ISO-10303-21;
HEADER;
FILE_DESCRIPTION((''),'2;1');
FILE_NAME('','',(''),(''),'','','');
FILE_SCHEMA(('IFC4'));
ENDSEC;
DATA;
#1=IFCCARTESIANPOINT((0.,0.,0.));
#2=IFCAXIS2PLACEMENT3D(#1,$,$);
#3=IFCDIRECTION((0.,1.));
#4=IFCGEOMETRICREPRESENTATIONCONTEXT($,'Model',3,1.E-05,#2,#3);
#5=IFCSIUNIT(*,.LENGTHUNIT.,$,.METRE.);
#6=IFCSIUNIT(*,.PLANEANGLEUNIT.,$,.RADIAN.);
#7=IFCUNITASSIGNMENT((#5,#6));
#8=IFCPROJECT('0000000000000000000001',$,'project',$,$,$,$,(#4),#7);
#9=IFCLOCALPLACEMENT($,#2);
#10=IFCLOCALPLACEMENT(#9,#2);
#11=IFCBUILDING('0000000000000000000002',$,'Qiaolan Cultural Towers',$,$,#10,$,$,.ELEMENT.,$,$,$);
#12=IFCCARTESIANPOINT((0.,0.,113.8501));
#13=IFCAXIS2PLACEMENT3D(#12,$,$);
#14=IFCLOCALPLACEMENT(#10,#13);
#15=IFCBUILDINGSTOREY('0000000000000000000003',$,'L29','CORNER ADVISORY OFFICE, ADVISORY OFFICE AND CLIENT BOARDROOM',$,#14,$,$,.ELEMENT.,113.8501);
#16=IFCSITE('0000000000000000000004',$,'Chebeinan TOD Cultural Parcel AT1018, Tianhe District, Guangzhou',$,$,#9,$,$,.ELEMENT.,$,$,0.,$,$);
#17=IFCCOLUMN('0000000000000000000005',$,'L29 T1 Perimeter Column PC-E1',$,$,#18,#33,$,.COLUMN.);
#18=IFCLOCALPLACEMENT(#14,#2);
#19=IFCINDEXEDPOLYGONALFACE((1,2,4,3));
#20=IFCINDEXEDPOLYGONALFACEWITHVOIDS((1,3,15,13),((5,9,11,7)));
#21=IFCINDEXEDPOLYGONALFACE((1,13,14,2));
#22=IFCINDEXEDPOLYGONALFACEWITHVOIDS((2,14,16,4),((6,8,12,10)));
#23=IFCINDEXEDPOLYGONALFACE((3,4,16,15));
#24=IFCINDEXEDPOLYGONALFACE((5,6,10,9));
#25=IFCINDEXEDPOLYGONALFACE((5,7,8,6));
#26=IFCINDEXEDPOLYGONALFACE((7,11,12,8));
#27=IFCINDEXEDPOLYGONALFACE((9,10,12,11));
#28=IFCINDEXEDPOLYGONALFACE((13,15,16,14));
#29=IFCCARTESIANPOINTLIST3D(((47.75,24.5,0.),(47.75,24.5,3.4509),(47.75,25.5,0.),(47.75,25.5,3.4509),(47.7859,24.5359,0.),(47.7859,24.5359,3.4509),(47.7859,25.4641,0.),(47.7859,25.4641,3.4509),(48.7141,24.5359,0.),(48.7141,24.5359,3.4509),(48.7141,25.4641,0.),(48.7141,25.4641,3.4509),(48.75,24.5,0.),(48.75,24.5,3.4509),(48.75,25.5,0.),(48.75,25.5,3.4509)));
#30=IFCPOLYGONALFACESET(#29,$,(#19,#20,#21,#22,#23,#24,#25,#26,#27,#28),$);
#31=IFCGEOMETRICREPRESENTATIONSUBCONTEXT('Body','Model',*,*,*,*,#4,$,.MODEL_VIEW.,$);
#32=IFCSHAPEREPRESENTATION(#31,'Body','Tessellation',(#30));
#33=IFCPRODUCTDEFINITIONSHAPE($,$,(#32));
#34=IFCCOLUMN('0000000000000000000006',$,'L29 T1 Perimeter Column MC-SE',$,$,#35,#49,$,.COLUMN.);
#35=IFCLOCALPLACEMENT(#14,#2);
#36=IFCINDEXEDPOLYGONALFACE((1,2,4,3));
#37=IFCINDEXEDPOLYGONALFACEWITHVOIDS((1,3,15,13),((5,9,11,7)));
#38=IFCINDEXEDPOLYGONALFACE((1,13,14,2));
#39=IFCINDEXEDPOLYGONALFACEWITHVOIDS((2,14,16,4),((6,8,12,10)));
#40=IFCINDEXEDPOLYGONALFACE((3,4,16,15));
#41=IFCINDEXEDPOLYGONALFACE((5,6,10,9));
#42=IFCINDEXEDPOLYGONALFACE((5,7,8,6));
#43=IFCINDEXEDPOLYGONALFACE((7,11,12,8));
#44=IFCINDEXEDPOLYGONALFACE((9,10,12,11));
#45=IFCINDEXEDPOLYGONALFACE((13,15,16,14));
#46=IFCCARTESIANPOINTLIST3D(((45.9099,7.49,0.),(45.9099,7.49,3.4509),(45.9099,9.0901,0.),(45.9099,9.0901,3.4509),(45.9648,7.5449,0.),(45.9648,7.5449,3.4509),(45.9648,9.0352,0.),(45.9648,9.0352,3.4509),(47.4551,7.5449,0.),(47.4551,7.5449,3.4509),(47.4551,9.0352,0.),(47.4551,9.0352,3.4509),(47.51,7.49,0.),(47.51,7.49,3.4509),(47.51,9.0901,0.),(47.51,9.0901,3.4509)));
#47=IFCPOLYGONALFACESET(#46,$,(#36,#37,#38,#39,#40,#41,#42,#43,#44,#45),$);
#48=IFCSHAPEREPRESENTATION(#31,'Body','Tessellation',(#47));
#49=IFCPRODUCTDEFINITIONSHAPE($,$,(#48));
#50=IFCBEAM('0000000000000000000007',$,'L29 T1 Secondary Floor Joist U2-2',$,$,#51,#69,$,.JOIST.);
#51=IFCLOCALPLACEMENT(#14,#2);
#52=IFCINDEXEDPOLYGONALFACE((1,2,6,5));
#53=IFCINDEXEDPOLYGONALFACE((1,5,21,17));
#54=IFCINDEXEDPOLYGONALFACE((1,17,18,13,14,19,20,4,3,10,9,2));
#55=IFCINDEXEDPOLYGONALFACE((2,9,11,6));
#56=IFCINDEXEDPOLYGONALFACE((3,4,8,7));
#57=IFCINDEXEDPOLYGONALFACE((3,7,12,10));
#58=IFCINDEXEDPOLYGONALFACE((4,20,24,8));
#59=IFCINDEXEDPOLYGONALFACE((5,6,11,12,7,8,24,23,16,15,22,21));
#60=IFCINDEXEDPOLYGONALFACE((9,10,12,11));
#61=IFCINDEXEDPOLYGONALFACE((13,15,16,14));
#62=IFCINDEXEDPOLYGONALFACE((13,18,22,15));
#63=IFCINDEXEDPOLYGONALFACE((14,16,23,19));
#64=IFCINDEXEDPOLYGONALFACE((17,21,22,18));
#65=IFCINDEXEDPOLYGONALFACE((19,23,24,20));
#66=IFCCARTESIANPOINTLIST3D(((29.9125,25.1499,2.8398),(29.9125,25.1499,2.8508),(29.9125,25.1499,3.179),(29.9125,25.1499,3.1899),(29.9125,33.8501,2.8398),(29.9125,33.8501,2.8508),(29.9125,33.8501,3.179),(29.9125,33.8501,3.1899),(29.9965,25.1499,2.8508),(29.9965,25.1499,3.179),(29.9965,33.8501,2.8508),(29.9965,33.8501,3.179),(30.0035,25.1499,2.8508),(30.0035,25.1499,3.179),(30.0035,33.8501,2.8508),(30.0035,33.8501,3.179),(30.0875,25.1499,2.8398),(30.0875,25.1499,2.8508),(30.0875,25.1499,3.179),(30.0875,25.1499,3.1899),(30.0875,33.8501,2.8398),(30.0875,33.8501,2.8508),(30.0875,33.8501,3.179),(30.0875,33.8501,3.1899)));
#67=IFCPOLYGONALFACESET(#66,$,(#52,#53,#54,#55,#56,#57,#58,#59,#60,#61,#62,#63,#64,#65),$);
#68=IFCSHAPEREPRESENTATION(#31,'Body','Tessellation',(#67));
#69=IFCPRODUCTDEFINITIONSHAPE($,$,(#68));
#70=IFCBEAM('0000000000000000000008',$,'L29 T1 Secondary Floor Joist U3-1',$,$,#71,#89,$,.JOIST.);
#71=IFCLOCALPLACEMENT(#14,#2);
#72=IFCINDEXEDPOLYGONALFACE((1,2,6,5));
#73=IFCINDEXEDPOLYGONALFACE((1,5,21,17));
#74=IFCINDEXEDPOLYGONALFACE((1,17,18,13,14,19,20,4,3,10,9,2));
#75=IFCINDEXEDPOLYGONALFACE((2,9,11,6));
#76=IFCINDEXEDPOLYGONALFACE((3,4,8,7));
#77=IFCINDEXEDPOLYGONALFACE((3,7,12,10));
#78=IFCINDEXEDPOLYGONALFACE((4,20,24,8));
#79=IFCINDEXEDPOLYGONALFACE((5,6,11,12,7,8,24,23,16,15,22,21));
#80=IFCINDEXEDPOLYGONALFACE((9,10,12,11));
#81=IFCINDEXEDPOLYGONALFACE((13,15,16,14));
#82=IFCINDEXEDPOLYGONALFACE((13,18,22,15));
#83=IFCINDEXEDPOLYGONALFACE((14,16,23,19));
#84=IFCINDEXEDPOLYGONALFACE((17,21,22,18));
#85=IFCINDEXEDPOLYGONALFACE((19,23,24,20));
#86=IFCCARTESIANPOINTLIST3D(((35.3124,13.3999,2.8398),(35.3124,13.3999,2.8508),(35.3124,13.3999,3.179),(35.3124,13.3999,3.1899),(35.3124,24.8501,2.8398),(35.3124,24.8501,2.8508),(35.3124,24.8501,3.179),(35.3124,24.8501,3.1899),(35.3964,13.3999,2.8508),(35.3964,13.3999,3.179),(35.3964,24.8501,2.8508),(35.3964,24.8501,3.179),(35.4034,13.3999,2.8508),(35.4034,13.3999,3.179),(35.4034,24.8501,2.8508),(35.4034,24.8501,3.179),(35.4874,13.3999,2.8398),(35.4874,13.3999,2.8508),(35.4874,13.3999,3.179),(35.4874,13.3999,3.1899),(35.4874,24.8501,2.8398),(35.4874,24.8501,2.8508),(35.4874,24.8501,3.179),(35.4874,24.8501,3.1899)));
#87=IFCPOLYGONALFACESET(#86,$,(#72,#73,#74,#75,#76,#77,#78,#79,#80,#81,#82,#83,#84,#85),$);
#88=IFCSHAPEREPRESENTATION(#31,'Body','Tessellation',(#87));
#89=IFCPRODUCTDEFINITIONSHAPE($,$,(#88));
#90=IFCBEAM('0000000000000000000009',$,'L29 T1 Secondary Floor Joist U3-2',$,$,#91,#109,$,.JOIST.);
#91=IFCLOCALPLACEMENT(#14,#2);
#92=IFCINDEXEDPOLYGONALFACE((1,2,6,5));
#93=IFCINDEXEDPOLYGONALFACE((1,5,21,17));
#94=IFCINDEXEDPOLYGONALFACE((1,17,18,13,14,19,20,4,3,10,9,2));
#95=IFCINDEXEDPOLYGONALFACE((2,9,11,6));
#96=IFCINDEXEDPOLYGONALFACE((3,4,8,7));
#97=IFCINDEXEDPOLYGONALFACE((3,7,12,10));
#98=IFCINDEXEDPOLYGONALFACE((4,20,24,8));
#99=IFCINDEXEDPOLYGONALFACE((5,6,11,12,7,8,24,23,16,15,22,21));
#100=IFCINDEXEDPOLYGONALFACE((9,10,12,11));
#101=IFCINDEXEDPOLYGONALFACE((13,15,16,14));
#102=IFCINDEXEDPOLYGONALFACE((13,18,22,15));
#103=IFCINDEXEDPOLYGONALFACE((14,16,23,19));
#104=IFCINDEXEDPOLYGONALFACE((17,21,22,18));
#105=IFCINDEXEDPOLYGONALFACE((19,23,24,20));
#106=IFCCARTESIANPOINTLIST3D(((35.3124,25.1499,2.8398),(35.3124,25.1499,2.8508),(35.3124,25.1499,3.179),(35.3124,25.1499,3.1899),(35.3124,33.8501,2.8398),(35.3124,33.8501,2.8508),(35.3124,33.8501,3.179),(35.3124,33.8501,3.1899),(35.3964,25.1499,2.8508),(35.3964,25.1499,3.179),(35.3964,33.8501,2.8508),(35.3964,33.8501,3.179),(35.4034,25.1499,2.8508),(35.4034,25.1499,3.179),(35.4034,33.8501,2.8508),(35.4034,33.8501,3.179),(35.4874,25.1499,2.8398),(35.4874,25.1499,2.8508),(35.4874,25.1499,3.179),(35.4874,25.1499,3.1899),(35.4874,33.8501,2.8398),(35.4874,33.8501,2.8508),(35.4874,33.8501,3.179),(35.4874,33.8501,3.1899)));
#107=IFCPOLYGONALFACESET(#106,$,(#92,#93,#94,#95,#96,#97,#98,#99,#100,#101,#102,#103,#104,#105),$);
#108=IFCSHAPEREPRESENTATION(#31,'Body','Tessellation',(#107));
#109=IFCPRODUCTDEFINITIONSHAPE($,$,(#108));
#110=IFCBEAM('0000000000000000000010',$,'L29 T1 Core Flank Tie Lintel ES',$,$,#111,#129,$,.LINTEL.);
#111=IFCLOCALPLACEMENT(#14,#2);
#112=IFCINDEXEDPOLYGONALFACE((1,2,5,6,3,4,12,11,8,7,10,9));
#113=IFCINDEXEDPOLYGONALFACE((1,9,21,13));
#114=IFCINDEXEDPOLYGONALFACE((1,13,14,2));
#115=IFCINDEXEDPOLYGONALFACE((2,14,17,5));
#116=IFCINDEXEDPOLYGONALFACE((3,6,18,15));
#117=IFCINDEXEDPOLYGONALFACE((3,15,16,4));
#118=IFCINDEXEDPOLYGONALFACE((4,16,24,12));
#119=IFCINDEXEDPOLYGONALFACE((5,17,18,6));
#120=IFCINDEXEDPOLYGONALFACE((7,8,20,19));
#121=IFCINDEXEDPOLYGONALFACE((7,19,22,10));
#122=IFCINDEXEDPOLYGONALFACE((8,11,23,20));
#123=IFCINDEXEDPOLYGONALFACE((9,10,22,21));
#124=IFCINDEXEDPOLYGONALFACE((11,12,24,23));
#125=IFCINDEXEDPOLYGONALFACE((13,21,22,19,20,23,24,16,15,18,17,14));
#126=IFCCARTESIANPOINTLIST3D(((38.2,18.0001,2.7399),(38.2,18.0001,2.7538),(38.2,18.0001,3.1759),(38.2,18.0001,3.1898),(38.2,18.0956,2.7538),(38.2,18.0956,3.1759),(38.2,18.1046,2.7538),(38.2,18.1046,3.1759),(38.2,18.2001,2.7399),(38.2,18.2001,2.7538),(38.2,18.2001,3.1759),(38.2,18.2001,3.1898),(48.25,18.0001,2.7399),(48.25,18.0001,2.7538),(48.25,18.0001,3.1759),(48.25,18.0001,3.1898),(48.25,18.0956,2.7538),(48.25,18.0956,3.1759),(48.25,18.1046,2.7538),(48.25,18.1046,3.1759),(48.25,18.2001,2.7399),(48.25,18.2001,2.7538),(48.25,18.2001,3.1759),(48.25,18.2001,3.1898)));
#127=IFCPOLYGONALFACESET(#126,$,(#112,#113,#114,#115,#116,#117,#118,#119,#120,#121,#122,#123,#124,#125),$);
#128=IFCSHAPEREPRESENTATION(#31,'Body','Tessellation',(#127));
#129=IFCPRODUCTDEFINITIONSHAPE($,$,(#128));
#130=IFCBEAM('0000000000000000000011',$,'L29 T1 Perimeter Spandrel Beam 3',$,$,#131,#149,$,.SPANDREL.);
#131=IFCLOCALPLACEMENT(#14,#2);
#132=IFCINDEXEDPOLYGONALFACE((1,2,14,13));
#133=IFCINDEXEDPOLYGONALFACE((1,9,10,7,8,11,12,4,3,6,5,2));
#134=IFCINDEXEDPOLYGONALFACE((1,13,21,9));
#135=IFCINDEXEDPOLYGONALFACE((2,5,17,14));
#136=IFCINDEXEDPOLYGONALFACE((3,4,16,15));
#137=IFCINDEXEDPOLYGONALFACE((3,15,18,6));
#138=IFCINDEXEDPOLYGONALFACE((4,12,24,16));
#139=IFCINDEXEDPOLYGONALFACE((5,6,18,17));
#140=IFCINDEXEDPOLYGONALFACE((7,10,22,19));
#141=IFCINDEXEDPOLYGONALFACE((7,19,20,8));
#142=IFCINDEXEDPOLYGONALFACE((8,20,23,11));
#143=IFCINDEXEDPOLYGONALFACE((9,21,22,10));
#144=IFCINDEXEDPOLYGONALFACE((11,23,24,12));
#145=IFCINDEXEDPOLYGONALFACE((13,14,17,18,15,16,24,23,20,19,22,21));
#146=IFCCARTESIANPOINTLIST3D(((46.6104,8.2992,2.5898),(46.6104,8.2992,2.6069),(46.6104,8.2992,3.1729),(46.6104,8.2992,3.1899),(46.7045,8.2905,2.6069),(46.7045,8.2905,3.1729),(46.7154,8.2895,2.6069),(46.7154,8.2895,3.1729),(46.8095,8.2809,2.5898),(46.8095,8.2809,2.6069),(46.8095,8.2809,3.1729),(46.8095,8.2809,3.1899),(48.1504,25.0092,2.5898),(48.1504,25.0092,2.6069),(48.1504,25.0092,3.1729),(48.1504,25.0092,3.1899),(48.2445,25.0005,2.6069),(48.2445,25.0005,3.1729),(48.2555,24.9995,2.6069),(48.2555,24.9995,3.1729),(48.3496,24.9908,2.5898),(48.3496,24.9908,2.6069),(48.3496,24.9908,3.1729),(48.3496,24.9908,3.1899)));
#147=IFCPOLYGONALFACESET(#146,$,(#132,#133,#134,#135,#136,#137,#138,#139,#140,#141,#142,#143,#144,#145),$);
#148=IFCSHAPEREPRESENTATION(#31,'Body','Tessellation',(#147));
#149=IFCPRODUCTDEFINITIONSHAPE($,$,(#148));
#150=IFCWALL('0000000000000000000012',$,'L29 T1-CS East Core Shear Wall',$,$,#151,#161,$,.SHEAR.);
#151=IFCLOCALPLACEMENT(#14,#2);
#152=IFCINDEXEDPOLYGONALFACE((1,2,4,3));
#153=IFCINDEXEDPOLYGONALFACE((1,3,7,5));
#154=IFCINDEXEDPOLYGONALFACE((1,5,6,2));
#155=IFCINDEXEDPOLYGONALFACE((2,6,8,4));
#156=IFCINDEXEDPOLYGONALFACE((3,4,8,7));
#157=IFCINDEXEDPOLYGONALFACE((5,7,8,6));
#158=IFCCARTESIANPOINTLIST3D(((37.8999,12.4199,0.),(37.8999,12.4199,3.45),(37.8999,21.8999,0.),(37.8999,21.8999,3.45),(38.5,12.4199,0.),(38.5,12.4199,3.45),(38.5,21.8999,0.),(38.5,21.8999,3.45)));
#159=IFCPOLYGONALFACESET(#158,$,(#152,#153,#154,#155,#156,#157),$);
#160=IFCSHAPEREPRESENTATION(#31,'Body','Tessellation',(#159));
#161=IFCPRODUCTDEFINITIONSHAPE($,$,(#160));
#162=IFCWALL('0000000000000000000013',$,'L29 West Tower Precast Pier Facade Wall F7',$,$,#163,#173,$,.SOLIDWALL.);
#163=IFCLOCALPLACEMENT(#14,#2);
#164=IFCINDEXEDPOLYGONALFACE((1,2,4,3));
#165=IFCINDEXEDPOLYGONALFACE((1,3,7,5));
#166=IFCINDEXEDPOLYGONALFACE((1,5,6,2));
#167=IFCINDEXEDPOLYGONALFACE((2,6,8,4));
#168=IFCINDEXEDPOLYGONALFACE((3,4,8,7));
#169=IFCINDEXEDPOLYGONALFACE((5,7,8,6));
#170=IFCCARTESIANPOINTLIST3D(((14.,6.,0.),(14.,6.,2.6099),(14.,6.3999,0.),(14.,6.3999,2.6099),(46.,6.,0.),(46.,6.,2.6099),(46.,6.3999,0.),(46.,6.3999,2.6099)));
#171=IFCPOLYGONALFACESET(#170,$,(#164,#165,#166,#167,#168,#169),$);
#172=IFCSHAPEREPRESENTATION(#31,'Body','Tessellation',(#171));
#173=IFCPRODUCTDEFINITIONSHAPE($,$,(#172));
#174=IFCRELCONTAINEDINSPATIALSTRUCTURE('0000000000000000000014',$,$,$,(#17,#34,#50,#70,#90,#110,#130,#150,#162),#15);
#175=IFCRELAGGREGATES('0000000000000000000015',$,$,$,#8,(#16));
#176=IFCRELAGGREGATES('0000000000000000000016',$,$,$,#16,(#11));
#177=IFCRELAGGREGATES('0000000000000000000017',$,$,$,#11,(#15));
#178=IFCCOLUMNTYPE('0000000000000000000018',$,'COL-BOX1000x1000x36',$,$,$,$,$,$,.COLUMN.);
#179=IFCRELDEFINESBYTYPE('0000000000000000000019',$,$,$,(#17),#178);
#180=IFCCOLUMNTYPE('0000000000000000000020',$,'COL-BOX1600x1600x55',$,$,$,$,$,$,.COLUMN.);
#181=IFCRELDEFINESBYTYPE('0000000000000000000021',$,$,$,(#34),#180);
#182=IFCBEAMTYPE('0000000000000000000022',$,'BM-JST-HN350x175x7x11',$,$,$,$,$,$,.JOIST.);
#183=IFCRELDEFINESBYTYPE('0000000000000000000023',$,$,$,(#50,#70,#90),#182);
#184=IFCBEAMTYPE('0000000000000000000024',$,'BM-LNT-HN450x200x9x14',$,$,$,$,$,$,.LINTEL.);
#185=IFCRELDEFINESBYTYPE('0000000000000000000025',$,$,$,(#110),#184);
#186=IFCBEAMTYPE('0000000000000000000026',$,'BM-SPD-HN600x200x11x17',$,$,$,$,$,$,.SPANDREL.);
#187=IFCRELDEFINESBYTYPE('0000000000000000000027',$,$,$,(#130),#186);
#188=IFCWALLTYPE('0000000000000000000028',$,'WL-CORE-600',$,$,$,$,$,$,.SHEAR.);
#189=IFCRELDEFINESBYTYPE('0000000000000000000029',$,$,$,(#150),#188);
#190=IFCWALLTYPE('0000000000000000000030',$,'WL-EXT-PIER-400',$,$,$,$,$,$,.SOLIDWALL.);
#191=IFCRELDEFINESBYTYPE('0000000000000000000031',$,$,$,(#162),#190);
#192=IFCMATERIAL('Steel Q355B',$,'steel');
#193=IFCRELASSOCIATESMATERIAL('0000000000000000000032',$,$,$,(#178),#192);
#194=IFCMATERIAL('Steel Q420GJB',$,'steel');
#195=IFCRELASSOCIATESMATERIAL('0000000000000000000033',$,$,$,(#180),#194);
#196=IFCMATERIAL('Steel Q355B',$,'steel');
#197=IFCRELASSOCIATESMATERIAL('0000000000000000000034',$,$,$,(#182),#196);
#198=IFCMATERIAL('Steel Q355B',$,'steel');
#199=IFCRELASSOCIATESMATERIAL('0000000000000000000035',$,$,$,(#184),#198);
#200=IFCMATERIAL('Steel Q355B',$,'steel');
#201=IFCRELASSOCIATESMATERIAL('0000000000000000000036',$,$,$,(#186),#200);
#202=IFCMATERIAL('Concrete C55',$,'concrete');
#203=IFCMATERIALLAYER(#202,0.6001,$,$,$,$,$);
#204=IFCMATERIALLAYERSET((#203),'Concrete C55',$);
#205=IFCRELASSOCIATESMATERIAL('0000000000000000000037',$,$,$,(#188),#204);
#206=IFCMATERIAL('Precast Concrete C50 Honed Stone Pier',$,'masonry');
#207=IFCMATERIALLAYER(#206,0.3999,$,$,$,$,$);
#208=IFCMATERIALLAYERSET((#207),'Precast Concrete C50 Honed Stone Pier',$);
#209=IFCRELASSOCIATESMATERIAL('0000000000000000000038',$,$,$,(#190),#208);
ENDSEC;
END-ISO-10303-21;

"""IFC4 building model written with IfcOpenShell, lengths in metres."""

from ifc_helpers import new_model, si_unit, direction, frame, frame_2d, origin, origin_2d, place, context, subcontext, project, spatial, rectangle, hollow_rectangle, i_section, extrude, material, layer, layer_set, material_profile, profile_set, type_object, element, save


model = new_model("IFC4")

# Units and contexts
model_context = context("Model", 3, precision=1e-05, world=origin(), true_north=direction((0.0, 1.0)))
body_context = subcontext(model_context, "Body", "Model", "MODEL_VIEW")
ifc_project = project(units=[si_unit("LENGTHUNIT", "METRE"), si_unit("PLANEANGLEUNIT", "RADIAN")], contexts=[model_context])

# Site, building, storey
site_placement = place(None, origin())
site = spatial("IfcSite", under=ifc_project, at=site_placement, Name="Chebeinan TOD Cultural Parcel AT1018, Tianhe District, Guangzhou", CompositionType="ELEMENT", RefElevation=0.0)
building_placement = place(site_placement, origin())
building = spatial("IfcBuilding", under=site, at=building_placement, Name="Qiaolan Cultural Towers", CompositionType="ELEMENT")
storey_placement = place(building_placement, frame((0.0, 0.0, 113.8501)))
storey = spatial("IfcBuildingStorey", under=building, at=storey_placement, Name="L29", Description="CORNER ADVISORY OFFICE, ADVISORY OFFICE AND CLIENT BOARDROOM", CompositionType="ELEMENT", Elevation=113.8501)

# Columns
ifc_material_1 = material(Name="Steel Q355B", Category="steel")
ifc_material_profile_1 = material_profile(ifc_material_1, hollow_rectangle(XDim=1.0, YDim=1.0, WallThickness=0.0359, at=origin_2d()), Name="BOX1000x1000x36")
ifc_profile_set_1 = profile_set([ifc_material_profile_1], Name="Steel Q355B")
column_type_1 = type_object("IfcColumnType", Name="COL-BOX1000x1000x36", PredefinedType="COLUMN", material=ifc_profile_set_1)
column_1_placement = place(storey_placement, frame((48.25, 25.0, 0.0), z_axis=(0.0, 0.0, 1.0), x_axis=(1.0, 0.0, 0.0)))
element("IfcColumn", 1, at=column_1_placement, inside=storey, type_object=column_type_1, Name="L29 T1 Perimeter Column PC-E1", PredefinedType="COLUMN", context=body_context, shape_type="SweptSolid", body=[
    extrude(hollow_rectangle(XDim=1.0, YDim=1.0, WallThickness=0.0359, at=origin_2d()), origin(), (0.0, 0.0, 1.0), 3.4509),
])
ifc_material_2 = material(Name="Steel Q420GJB", Category="steel")
ifc_material_profile_2 = material_profile(ifc_material_2, hollow_rectangle(XDim=1.6001, YDim=1.6001, WallThickness=0.0549, at=origin_2d()), Name="BOX1600x1600x55")
ifc_profile_set_2 = profile_set([ifc_material_profile_2], Name="Steel Q420GJB")
column_type_2 = type_object("IfcColumnType", Name="COL-BOX1600x1600x55", PredefinedType="COLUMN", material=ifc_profile_set_2)
column_2_placement = place(storey_placement, frame((46.71, 8.29, 0.0), z_axis=(0.0, 0.0, 1.0), x_axis=(1.0, 0.0, 0.0)))
element("IfcColumn", 2, at=column_2_placement, inside=storey, type_object=column_type_2, Name="L29 T1 Perimeter Column MC-SE", PredefinedType="COLUMN", context=body_context, shape_type="SweptSolid", body=[
    extrude(hollow_rectangle(XDim=1.6001, YDim=1.6001, WallThickness=0.0549, at=origin_2d()), origin(), (0.0, 0.0, 1.0), 3.4509),
])

# Beams
ifc_material_3 = material(Name="Steel Q355B", Category="steel")
ifc_material_profile_3 = material_profile(ifc_material_3, i_section(OverallWidth=0.175, OverallDepth=0.3501, WebThickness=0.0071, FlangeThickness=0.011, at=origin_2d()), Name="HN350x175x7x11")
ifc_profile_set_3 = profile_set([ifc_material_profile_3], Name="Steel Q355B")
beam_type_1 = type_object("IfcBeamType", Name="BM-JST-HN350x175x7x11", PredefinedType="JOIST", material=ifc_profile_set_3)
beam_1_placement = place(storey_placement, frame((30.0, 25.1499, 3.0149), z_axis=(0.0, 1.0, 0.0), x_axis=(-1.0, 0.0, 0.0)))
element("IfcBeam", 3, at=beam_1_placement, inside=storey, type_object=beam_type_1, Name="L29 T1 Secondary Floor Joist U2-2", PredefinedType="JOIST", context=body_context, shape_type="SweptSolid", body=[
    extrude(i_section(OverallWidth=0.175, OverallDepth=0.3501, WebThickness=0.0071, FlangeThickness=0.011, at=origin_2d()), origin(), (0.0, 0.0, 1.0), 8.7002),
])
beam_2_placement = place(storey_placement, frame((35.3999, 13.3999, 3.0149), z_axis=(0.0, 1.0, 0.0), x_axis=(-1.0, 0.0, 0.0)))
element("IfcBeam", 4, at=beam_2_placement, inside=storey, type_object=beam_type_1, Name="L29 T1 Secondary Floor Joist U3-1", PredefinedType="JOIST", context=body_context, shape_type="SweptSolid", body=[
    extrude(i_section(OverallWidth=0.175, OverallDepth=0.3501, WebThickness=0.0071, FlangeThickness=0.011, at=origin_2d()), origin(), (0.0, 0.0, 1.0), 11.4502),
])
beam_3_placement = place(storey_placement, frame((35.3999, 25.1499, 3.0149), z_axis=(0.0, 1.0, 0.0), x_axis=(-1.0, 0.0, 0.0)))
element("IfcBeam", 5, at=beam_3_placement, inside=storey, type_object=beam_type_1, Name="L29 T1 Secondary Floor Joist U3-2", PredefinedType="JOIST", context=body_context, shape_type="SweptSolid", body=[
    extrude(i_section(OverallWidth=0.175, OverallDepth=0.3501, WebThickness=0.0071, FlangeThickness=0.011, at=origin_2d()), origin(), (0.0, 0.0, 1.0), 8.7002),
])
ifc_material_4 = material(Name="Steel Q355B", Category="steel")
ifc_material_profile_4 = material_profile(ifc_material_4, i_section(OverallWidth=0.2, OverallDepth=0.45, WebThickness=0.009, FlangeThickness=0.0139, at=origin_2d()), Name="HN450x200x9x14")
ifc_profile_set_4 = profile_set([ifc_material_profile_4], Name="Steel Q355B")
beam_type_2 = type_object("IfcBeamType", Name="BM-LNT-HN450x200x9x14", PredefinedType="LINTEL", material=ifc_profile_set_4)
beam_4_placement = place(storey_placement, frame((38.2, 18.1001, 2.9648), z_axis=(1.0, 0.0, 0.0), x_axis=(0.0, 1.0, 0.0)))
element("IfcBeam", 6, at=beam_4_placement, inside=storey, type_object=beam_type_2, Name="L29 T1 Core Flank Tie Lintel ES", PredefinedType="LINTEL", context=body_context, shape_type="SweptSolid", body=[
    extrude(i_section(OverallWidth=0.2, OverallDepth=0.45, WebThickness=0.009, FlangeThickness=0.0139, at=origin_2d()), origin(), (0.0, 0.0, 1.0), 10.05),
])
ifc_material_5 = material(Name="Steel Q355B", Category="steel")
ifc_material_profile_5 = material_profile(ifc_material_5, i_section(OverallWidth=0.2, OverallDepth=0.6001, WebThickness=0.011, FlangeThickness=0.0171, at=origin_2d()), Name="HN600x200x11x17")
ifc_profile_set_5 = profile_set([ifc_material_profile_5], Name="Steel Q355B")
beam_type_3 = type_object("IfcBeamType", Name="BM-SPD-HN600x200x11x17", PredefinedType="SPANDREL", material=ifc_profile_set_5)
beam_5_placement = place(storey_placement, frame((46.71, 8.29, 2.8899), z_axis=(0.091774, 0.99578, 0.0), x_axis=(-0.99578, 0.091774, 0.0)))
element("IfcBeam", 7, at=beam_5_placement, inside=storey, type_object=beam_type_3, Name="L29 T1 Perimeter Spandrel Beam 3", PredefinedType="SPANDREL", context=body_context, shape_type="SweptSolid", body=[
    extrude(i_section(OverallWidth=0.2, OverallDepth=0.6001, WebThickness=0.011, FlangeThickness=0.0171, at=origin_2d()), origin(), (0.0, 0.0, 1.0), 16.7808),
])

# Walls
ifc_material_6 = material(Name="Concrete C55", Category="concrete")
ifc_layer_1 = layer(ifc_material_6, 0.6001)
ifc_layer_set_1 = layer_set([ifc_layer_1], Name="Concrete C55")
wall_type_1 = type_object("IfcWallType", Name="WL-CORE-600", PredefinedType="SHEAR", material=ifc_layer_set_1)
wall_1_placement = place(storey_placement, frame((38.2, 21.8999, 0.0), z_axis=(0.0, 0.0, 1.0), x_axis=(0.0, -1.0, 0.0)))
element("IfcWall", 8, at=wall_1_placement, inside=storey, type_object=wall_type_1, Name="L29 T1-CS East Core Shear Wall", PredefinedType="SHEAR", context=body_context, shape_type="SweptSolid", body=[
    extrude(rectangle(XDim=9.48, YDim=0.6001, at=frame_2d((4.74, 0.0))), origin(), (0.0, 0.0, 1.0), 3.45),
])
ifc_material_7 = material(Name="Precast Concrete C50 Honed Stone Pier", Category="masonry")
ifc_layer_2 = layer(ifc_material_7, 0.3999)
ifc_layer_set_2 = layer_set([ifc_layer_2], Name="Precast Concrete C50 Honed Stone Pier")
wall_type_2 = type_object("IfcWallType", Name="WL-EXT-PIER-400", PredefinedType="SOLIDWALL", material=ifc_layer_set_2)
wall_2_placement = place(storey_placement, frame((46.0, 6.2, 0.0), z_axis=(0.0, 0.0, 1.0), x_axis=(-1.0, 0.0, 0.0)))
element("IfcWall", 9, at=wall_2_placement, inside=storey, type_object=wall_type_2, Name="L29 West Tower Precast Pier Facade Wall F7", PredefinedType="SOLIDWALL", context=body_context, shape_type="SweptSolid", body=[
    extrude(rectangle(XDim=32.0, YDim=0.3999, at=frame_2d((16.0, 0.0))), origin(), (0.0, 0.0, 1.0), 2.6099),
])

save(model, "model.ifc")
